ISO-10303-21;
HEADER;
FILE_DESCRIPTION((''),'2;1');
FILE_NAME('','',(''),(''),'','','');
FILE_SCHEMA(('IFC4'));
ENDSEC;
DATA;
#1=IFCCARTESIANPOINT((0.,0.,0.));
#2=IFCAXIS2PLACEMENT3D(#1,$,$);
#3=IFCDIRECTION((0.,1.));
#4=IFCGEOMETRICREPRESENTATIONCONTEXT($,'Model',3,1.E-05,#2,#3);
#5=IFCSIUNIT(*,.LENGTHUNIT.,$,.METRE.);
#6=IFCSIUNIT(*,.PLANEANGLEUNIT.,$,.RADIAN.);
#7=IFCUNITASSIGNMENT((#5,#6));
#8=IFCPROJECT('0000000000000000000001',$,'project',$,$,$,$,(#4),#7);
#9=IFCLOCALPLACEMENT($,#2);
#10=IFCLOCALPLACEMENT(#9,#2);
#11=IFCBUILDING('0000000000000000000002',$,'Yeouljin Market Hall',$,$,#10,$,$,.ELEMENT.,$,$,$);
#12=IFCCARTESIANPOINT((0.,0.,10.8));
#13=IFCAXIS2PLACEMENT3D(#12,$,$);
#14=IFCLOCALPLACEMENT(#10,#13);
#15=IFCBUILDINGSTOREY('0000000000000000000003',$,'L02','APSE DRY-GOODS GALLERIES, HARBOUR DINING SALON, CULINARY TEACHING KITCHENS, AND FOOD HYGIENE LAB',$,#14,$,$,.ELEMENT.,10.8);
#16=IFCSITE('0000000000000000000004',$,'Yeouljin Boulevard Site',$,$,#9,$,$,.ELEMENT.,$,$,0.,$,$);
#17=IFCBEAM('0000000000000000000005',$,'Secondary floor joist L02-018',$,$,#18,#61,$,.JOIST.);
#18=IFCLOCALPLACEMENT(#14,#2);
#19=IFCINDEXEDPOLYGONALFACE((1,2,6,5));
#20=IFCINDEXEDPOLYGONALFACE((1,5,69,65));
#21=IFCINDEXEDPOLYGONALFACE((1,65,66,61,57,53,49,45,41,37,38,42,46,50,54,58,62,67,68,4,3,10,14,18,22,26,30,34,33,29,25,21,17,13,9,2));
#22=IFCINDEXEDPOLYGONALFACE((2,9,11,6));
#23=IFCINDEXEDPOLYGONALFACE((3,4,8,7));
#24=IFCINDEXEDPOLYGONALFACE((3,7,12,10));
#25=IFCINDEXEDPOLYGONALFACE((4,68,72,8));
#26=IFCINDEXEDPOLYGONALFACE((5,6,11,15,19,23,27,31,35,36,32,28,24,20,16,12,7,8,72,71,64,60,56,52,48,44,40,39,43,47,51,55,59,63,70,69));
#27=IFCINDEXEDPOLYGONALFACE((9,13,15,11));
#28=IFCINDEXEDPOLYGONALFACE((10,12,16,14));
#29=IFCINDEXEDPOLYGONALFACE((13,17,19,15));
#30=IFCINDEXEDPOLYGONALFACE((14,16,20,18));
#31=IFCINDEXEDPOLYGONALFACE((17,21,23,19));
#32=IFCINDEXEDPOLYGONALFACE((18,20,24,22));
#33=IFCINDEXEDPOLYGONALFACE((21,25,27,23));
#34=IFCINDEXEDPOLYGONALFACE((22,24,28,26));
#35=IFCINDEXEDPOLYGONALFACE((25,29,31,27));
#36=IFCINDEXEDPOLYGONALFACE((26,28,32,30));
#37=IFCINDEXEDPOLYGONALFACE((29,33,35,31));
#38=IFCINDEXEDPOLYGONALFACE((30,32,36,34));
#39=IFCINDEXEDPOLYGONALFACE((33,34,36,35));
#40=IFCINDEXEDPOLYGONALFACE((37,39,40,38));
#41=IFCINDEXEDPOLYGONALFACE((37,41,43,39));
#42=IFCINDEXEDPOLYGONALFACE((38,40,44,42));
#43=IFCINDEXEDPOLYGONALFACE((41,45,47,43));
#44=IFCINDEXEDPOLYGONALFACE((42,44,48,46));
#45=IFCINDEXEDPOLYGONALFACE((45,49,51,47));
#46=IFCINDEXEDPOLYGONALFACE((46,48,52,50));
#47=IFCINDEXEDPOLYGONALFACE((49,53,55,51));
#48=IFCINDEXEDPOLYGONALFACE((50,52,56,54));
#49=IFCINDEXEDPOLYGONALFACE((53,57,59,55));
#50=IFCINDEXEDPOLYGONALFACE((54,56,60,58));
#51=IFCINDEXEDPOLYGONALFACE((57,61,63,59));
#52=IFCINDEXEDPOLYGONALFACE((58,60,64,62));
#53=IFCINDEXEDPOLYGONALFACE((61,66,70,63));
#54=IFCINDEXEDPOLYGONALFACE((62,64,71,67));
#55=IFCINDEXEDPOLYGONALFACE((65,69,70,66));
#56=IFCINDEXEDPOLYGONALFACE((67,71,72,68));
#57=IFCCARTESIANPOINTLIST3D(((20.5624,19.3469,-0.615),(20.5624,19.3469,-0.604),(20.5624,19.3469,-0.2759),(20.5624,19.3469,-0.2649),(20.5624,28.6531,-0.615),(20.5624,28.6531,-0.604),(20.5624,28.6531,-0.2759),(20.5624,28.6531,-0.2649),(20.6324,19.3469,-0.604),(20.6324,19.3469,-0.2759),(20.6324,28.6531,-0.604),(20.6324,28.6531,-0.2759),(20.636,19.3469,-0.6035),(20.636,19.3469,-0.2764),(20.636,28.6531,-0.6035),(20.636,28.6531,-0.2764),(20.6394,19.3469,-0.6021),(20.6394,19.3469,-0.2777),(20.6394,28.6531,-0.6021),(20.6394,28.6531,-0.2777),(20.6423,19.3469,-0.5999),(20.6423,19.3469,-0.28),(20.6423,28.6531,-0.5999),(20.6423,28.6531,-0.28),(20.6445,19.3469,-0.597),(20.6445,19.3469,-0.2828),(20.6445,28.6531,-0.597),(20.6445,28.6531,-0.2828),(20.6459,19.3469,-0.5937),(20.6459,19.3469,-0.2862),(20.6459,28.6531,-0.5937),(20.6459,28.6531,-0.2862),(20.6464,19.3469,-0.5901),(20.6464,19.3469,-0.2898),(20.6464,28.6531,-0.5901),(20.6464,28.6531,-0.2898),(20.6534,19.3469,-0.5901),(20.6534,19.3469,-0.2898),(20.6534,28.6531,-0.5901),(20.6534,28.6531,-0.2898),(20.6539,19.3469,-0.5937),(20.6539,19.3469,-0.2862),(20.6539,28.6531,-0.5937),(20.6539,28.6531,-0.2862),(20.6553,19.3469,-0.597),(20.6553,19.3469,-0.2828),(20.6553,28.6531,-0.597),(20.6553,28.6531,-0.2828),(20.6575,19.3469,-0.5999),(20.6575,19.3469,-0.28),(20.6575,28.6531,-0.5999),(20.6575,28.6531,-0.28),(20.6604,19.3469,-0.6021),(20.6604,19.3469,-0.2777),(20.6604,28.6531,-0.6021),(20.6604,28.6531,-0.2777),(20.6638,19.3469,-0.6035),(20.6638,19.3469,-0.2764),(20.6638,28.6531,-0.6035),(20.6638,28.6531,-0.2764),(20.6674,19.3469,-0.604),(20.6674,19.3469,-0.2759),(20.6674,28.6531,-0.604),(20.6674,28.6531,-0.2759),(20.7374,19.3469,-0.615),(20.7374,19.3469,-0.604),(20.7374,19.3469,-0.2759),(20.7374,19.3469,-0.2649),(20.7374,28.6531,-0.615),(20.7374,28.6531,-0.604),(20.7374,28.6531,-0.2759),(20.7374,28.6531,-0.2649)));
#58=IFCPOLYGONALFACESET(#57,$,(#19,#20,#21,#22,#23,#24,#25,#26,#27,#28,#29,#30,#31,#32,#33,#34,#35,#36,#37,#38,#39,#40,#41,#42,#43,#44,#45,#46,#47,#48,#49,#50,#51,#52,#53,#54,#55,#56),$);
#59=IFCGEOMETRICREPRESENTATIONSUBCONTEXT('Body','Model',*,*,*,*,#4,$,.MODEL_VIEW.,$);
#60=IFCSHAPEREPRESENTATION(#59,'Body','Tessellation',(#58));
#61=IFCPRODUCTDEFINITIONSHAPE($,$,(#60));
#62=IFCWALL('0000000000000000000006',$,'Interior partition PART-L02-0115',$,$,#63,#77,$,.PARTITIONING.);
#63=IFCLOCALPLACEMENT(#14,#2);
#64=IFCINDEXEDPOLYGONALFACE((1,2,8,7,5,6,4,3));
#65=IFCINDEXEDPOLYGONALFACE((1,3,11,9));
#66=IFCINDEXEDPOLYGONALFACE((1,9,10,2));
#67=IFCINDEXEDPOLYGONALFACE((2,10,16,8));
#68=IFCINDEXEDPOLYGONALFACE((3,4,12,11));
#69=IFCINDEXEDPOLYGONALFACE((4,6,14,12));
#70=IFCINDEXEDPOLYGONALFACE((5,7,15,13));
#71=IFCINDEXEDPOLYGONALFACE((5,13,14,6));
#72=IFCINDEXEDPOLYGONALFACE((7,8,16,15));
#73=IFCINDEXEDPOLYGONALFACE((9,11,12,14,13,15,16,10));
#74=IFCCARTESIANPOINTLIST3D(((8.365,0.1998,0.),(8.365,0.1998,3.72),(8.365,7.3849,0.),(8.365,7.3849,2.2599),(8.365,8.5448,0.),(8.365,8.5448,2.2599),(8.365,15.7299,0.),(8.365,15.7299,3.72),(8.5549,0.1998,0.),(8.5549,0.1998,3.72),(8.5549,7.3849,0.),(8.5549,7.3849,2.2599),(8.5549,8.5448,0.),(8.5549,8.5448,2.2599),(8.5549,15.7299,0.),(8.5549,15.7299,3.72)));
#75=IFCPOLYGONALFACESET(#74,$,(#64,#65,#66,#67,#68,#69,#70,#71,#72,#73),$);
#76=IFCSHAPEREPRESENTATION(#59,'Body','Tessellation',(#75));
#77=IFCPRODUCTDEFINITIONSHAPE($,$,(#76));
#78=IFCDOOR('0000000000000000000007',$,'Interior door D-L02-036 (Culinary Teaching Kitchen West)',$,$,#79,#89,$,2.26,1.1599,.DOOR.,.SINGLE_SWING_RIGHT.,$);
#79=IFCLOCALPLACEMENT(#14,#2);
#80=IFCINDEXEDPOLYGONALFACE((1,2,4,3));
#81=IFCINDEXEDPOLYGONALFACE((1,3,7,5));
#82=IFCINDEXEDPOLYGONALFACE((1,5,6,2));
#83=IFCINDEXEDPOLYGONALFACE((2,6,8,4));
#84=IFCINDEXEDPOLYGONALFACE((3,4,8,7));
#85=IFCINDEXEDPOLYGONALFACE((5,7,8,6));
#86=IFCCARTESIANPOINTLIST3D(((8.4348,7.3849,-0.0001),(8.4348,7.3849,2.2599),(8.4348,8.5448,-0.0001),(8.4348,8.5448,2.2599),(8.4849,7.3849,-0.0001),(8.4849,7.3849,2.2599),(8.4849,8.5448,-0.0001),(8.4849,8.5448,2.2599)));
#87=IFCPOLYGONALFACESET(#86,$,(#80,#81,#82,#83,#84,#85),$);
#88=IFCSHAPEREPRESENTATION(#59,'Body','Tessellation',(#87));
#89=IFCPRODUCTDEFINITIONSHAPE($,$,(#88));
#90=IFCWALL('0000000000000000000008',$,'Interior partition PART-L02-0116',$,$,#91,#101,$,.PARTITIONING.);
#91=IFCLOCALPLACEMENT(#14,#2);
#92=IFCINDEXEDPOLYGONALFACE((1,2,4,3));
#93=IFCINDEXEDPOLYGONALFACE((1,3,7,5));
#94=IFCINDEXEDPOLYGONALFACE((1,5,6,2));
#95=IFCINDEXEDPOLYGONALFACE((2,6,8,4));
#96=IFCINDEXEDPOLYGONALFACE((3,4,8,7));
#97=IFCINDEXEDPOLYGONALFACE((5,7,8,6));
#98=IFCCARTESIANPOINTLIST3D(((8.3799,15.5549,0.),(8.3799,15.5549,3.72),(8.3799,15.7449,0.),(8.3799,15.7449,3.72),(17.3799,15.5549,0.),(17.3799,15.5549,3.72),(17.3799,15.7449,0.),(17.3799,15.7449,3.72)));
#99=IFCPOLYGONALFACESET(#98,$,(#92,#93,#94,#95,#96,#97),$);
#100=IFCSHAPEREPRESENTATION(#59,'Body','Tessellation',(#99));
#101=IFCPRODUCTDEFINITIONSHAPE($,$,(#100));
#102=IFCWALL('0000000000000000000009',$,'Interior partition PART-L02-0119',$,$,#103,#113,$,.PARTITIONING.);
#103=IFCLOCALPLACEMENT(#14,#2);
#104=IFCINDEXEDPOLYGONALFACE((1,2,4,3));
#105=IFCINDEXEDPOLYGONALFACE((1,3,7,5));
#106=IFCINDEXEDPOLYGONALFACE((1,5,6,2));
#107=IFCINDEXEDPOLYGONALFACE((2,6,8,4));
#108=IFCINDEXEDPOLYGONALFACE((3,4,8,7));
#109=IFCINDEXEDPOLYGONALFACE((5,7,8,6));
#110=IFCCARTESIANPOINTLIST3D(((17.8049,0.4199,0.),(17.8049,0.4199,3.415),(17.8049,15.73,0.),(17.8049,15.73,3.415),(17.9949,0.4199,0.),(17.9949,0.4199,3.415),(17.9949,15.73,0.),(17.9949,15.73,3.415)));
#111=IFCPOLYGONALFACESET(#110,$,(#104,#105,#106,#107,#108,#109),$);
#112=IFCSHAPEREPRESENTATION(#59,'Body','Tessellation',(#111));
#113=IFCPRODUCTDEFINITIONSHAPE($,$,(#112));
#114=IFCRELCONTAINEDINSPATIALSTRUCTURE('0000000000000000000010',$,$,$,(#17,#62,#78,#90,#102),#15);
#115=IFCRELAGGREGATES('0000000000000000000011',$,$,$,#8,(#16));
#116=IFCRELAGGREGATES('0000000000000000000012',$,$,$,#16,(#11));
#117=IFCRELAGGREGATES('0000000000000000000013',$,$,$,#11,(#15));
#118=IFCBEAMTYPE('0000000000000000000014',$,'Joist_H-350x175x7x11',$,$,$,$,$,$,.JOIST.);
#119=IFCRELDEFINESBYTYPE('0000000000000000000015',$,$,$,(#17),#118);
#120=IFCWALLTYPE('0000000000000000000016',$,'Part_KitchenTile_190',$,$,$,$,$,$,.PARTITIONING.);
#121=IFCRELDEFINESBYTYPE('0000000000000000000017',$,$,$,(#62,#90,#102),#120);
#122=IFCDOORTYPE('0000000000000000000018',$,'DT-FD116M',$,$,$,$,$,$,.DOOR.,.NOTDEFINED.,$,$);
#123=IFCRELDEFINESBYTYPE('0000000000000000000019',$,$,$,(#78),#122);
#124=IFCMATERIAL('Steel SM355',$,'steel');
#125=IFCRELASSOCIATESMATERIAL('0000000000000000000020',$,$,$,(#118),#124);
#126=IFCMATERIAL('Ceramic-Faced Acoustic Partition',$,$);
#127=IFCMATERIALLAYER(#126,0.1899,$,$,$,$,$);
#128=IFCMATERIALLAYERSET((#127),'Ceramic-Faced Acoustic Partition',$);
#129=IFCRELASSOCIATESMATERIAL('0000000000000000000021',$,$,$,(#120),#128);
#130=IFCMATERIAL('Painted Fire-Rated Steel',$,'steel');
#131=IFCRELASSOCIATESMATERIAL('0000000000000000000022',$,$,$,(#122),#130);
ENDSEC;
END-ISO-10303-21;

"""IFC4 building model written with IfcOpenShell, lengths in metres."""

from ifc_helpers import new_model, si_unit, direction, frame, frame_2d, origin, origin_2d, place, context, subcontext, project, spatial, rectangle, i_section, extrude, material, layer, layer_set, material_profile, profile_set, type_object, element, fill, save


model = new_model("IFC4")

# Units and contexts
model_context = context("Model", 3, precision=1e-05, world=origin(), true_north=direction((0.0, 1.0)))
body_context = subcontext(model_context, "Body", "Model", "MODEL_VIEW")
ifc_project = project(units=[si_unit("LENGTHUNIT", "METRE"), si_unit("PLANEANGLEUNIT", "RADIAN")], contexts=[model_context])

# Site, building, storey
site_placement = place(None, origin())
site = spatial("IfcSite", under=ifc_project, at=site_placement, Name="Yeouljin Boulevard Site", CompositionType="ELEMENT", RefElevation=0.0)
building_placement = place(site_placement, origin())
building = spatial("IfcBuilding", under=site, at=building_placement, Name="Yeouljin Market Hall", CompositionType="ELEMENT")
storey_placement = place(building_placement, frame((0.0, 0.0, 10.8)))
storey = spatial("IfcBuildingStorey", under=building, at=storey_placement, Name="L02", Description="APSE DRY-GOODS GALLERIES, HARBOUR DINING SALON, CULINARY TEACHING KITCHENS, AND FOOD HYGIENE LAB", CompositionType="ELEMENT", Elevation=10.8)

# Beam
ifc_material_1 = material(Name="Steel SM355", Category="steel")
ifc_material_profile_1 = material_profile(ifc_material_1, i_section(OverallWidth=0.175, OverallDepth=0.3501, WebThickness=0.0071, FlangeThickness=0.011, FilletRadius=0.0139, at=origin_2d()), Name="H-350x175x7x11")
ifc_profile_set_1 = profile_set([ifc_material_profile_1], Name="Steel SM355")
beam_type_1 = type_object("IfcBeamType", Name="Joist_H-350x175x7x11", PredefinedType="JOIST", material=ifc_profile_set_1)
beam_placement = place(storey_placement, frame((20.6499, 19.3469, -0.4399), z_axis=(0.0, 1.0, 0.0), x_axis=(-1.0, 0.0, 0.0)))
element("IfcBeam", 1, at=beam_placement, inside=storey, type_object=beam_type_1, Name="Secondary floor joist L02-018", PredefinedType="JOIST", context=body_context, shape_type="SweptSolid", body=[
    extrude(i_section(OverallWidth=0.175, OverallDepth=0.3501, WebThickness=0.0071, FlangeThickness=0.011, FilletRadius=0.0139, at=origin_2d()), origin(), (0.0, 0.0, 1.0), 9.3062),
])

# Wall, opening, door
ifc_material_2 = material(Name="Ceramic-Faced Acoustic Partition")
ifc_layer_1 = layer(ifc_material_2, 0.1899)
ifc_layer_set_1 = layer_set([ifc_layer_1], Name="Ceramic-Faced Acoustic Partition")
wall_type_1 = type_object("IfcWallType", Name="Part_KitchenTile_190", PredefinedType="PARTITIONING", material=ifc_layer_set_1)
wall_1_placement = place(storey_placement, frame((8.46, 15.73, 0.0), z_axis=(0.0, 0.0, 1.0), x_axis=(0.0, -1.0, 0.0)))
wall_1 = element("IfcWall", 2, at=wall_1_placement, inside=storey, type_object=wall_type_1, Name="Interior partition PART-L02-0115", PredefinedType="PARTITIONING", context=body_context, shape_type="SweptSolid", body=[
    extrude(rectangle(XDim=15.53, YDim=0.1899, at=frame_2d((7.7651, 0.0))), origin(), (0.0, 0.0, 1.0), 3.72),
])
opening_1_placement = place(wall_1_placement, frame((7.1851, 0.0, 0.0)))
opening_1 = element("IfcOpeningElement", 3, at=opening_1_placement, cuts=wall_1, PredefinedType="OPENING", context=body_context, shape_type="SweptSolid", body=[
    extrude(rectangle(XDim=1.1599, YDim=2.26, at=frame_2d((0.5801, 1.1299))), frame((0.0, 0.105, 0.0), z_axis=(0.0, -1.0, 0.0), x_axis=(1.0, 0.0, 0.0)), (0.0, 0.0, 1.0), 0.21),
])
ifc_material_3 = material(Name="Painted Fire-Rated Steel", Category="steel")
door_type_1 = type_object("IfcDoorType", Name="DT-FD116M", OperationType="NOTDEFINED", PredefinedType="DOOR", material=ifc_material_3)
door_1_placement = place(opening_1_placement, origin())
door_1 = element("IfcDoor", 4, at=door_1_placement, inside=storey, type_object=door_type_1, Name="Interior door D-L02-036 (Culinary Teaching Kitchen West)", OperationType="SINGLE_SWING_RIGHT", OverallHeight=2.26, OverallWidth=1.1599, PredefinedType="DOOR", context=body_context, shape_type="SweptSolid", body=[
    extrude(rectangle(XDim=1.1599, YDim=2.26, at=frame_2d((0.5801, 1.1299))), frame((0.0, 0.0249, 0.0), z_axis=(0.0, -1.0, 0.0), x_axis=(1.0, 0.0, 0.0)), (0.0, 0.0, 1.0), 0.05),
])
fill(opening_1, door_1)

# Walls
wall_2_placement = place(storey_placement, frame((17.3799, 15.6499, 0.0), z_axis=(0.0, 0.0, 1.0), x_axis=(-1.0, 0.0, 0.0)))
element("IfcWall", 5, at=wall_2_placement, inside=storey, type_object=wall_type_1, Name="Interior partition PART-L02-0116", PredefinedType="PARTITIONING", context=body_context, shape_type="SweptSolid", body=[
    extrude(rectangle(XDim=9.0, YDim=0.1899, at=frame_2d((4.5, 0.0))), origin(), (0.0, 0.0, 1.0), 3.72),
])
wall_3_placement = place(storey_placement, frame((17.8999, 15.73, 0.0), z_axis=(0.0, 0.0, 1.0), x_axis=(0.0, -1.0, 0.0)))
element("IfcWall", 6, at=wall_3_placement, inside=storey, type_object=wall_type_1, Name="Interior partition PART-L02-0119", PredefinedType="PARTITIONING", context=body_context, shape_type="SweptSolid", body=[
    extrude(rectangle(XDim=15.3101, YDim=0.1899, at=frame_2d((7.655, 0.0))), origin(), (0.0, 0.0, 1.0), 3.415),
])

save(model, "model.ifc")
